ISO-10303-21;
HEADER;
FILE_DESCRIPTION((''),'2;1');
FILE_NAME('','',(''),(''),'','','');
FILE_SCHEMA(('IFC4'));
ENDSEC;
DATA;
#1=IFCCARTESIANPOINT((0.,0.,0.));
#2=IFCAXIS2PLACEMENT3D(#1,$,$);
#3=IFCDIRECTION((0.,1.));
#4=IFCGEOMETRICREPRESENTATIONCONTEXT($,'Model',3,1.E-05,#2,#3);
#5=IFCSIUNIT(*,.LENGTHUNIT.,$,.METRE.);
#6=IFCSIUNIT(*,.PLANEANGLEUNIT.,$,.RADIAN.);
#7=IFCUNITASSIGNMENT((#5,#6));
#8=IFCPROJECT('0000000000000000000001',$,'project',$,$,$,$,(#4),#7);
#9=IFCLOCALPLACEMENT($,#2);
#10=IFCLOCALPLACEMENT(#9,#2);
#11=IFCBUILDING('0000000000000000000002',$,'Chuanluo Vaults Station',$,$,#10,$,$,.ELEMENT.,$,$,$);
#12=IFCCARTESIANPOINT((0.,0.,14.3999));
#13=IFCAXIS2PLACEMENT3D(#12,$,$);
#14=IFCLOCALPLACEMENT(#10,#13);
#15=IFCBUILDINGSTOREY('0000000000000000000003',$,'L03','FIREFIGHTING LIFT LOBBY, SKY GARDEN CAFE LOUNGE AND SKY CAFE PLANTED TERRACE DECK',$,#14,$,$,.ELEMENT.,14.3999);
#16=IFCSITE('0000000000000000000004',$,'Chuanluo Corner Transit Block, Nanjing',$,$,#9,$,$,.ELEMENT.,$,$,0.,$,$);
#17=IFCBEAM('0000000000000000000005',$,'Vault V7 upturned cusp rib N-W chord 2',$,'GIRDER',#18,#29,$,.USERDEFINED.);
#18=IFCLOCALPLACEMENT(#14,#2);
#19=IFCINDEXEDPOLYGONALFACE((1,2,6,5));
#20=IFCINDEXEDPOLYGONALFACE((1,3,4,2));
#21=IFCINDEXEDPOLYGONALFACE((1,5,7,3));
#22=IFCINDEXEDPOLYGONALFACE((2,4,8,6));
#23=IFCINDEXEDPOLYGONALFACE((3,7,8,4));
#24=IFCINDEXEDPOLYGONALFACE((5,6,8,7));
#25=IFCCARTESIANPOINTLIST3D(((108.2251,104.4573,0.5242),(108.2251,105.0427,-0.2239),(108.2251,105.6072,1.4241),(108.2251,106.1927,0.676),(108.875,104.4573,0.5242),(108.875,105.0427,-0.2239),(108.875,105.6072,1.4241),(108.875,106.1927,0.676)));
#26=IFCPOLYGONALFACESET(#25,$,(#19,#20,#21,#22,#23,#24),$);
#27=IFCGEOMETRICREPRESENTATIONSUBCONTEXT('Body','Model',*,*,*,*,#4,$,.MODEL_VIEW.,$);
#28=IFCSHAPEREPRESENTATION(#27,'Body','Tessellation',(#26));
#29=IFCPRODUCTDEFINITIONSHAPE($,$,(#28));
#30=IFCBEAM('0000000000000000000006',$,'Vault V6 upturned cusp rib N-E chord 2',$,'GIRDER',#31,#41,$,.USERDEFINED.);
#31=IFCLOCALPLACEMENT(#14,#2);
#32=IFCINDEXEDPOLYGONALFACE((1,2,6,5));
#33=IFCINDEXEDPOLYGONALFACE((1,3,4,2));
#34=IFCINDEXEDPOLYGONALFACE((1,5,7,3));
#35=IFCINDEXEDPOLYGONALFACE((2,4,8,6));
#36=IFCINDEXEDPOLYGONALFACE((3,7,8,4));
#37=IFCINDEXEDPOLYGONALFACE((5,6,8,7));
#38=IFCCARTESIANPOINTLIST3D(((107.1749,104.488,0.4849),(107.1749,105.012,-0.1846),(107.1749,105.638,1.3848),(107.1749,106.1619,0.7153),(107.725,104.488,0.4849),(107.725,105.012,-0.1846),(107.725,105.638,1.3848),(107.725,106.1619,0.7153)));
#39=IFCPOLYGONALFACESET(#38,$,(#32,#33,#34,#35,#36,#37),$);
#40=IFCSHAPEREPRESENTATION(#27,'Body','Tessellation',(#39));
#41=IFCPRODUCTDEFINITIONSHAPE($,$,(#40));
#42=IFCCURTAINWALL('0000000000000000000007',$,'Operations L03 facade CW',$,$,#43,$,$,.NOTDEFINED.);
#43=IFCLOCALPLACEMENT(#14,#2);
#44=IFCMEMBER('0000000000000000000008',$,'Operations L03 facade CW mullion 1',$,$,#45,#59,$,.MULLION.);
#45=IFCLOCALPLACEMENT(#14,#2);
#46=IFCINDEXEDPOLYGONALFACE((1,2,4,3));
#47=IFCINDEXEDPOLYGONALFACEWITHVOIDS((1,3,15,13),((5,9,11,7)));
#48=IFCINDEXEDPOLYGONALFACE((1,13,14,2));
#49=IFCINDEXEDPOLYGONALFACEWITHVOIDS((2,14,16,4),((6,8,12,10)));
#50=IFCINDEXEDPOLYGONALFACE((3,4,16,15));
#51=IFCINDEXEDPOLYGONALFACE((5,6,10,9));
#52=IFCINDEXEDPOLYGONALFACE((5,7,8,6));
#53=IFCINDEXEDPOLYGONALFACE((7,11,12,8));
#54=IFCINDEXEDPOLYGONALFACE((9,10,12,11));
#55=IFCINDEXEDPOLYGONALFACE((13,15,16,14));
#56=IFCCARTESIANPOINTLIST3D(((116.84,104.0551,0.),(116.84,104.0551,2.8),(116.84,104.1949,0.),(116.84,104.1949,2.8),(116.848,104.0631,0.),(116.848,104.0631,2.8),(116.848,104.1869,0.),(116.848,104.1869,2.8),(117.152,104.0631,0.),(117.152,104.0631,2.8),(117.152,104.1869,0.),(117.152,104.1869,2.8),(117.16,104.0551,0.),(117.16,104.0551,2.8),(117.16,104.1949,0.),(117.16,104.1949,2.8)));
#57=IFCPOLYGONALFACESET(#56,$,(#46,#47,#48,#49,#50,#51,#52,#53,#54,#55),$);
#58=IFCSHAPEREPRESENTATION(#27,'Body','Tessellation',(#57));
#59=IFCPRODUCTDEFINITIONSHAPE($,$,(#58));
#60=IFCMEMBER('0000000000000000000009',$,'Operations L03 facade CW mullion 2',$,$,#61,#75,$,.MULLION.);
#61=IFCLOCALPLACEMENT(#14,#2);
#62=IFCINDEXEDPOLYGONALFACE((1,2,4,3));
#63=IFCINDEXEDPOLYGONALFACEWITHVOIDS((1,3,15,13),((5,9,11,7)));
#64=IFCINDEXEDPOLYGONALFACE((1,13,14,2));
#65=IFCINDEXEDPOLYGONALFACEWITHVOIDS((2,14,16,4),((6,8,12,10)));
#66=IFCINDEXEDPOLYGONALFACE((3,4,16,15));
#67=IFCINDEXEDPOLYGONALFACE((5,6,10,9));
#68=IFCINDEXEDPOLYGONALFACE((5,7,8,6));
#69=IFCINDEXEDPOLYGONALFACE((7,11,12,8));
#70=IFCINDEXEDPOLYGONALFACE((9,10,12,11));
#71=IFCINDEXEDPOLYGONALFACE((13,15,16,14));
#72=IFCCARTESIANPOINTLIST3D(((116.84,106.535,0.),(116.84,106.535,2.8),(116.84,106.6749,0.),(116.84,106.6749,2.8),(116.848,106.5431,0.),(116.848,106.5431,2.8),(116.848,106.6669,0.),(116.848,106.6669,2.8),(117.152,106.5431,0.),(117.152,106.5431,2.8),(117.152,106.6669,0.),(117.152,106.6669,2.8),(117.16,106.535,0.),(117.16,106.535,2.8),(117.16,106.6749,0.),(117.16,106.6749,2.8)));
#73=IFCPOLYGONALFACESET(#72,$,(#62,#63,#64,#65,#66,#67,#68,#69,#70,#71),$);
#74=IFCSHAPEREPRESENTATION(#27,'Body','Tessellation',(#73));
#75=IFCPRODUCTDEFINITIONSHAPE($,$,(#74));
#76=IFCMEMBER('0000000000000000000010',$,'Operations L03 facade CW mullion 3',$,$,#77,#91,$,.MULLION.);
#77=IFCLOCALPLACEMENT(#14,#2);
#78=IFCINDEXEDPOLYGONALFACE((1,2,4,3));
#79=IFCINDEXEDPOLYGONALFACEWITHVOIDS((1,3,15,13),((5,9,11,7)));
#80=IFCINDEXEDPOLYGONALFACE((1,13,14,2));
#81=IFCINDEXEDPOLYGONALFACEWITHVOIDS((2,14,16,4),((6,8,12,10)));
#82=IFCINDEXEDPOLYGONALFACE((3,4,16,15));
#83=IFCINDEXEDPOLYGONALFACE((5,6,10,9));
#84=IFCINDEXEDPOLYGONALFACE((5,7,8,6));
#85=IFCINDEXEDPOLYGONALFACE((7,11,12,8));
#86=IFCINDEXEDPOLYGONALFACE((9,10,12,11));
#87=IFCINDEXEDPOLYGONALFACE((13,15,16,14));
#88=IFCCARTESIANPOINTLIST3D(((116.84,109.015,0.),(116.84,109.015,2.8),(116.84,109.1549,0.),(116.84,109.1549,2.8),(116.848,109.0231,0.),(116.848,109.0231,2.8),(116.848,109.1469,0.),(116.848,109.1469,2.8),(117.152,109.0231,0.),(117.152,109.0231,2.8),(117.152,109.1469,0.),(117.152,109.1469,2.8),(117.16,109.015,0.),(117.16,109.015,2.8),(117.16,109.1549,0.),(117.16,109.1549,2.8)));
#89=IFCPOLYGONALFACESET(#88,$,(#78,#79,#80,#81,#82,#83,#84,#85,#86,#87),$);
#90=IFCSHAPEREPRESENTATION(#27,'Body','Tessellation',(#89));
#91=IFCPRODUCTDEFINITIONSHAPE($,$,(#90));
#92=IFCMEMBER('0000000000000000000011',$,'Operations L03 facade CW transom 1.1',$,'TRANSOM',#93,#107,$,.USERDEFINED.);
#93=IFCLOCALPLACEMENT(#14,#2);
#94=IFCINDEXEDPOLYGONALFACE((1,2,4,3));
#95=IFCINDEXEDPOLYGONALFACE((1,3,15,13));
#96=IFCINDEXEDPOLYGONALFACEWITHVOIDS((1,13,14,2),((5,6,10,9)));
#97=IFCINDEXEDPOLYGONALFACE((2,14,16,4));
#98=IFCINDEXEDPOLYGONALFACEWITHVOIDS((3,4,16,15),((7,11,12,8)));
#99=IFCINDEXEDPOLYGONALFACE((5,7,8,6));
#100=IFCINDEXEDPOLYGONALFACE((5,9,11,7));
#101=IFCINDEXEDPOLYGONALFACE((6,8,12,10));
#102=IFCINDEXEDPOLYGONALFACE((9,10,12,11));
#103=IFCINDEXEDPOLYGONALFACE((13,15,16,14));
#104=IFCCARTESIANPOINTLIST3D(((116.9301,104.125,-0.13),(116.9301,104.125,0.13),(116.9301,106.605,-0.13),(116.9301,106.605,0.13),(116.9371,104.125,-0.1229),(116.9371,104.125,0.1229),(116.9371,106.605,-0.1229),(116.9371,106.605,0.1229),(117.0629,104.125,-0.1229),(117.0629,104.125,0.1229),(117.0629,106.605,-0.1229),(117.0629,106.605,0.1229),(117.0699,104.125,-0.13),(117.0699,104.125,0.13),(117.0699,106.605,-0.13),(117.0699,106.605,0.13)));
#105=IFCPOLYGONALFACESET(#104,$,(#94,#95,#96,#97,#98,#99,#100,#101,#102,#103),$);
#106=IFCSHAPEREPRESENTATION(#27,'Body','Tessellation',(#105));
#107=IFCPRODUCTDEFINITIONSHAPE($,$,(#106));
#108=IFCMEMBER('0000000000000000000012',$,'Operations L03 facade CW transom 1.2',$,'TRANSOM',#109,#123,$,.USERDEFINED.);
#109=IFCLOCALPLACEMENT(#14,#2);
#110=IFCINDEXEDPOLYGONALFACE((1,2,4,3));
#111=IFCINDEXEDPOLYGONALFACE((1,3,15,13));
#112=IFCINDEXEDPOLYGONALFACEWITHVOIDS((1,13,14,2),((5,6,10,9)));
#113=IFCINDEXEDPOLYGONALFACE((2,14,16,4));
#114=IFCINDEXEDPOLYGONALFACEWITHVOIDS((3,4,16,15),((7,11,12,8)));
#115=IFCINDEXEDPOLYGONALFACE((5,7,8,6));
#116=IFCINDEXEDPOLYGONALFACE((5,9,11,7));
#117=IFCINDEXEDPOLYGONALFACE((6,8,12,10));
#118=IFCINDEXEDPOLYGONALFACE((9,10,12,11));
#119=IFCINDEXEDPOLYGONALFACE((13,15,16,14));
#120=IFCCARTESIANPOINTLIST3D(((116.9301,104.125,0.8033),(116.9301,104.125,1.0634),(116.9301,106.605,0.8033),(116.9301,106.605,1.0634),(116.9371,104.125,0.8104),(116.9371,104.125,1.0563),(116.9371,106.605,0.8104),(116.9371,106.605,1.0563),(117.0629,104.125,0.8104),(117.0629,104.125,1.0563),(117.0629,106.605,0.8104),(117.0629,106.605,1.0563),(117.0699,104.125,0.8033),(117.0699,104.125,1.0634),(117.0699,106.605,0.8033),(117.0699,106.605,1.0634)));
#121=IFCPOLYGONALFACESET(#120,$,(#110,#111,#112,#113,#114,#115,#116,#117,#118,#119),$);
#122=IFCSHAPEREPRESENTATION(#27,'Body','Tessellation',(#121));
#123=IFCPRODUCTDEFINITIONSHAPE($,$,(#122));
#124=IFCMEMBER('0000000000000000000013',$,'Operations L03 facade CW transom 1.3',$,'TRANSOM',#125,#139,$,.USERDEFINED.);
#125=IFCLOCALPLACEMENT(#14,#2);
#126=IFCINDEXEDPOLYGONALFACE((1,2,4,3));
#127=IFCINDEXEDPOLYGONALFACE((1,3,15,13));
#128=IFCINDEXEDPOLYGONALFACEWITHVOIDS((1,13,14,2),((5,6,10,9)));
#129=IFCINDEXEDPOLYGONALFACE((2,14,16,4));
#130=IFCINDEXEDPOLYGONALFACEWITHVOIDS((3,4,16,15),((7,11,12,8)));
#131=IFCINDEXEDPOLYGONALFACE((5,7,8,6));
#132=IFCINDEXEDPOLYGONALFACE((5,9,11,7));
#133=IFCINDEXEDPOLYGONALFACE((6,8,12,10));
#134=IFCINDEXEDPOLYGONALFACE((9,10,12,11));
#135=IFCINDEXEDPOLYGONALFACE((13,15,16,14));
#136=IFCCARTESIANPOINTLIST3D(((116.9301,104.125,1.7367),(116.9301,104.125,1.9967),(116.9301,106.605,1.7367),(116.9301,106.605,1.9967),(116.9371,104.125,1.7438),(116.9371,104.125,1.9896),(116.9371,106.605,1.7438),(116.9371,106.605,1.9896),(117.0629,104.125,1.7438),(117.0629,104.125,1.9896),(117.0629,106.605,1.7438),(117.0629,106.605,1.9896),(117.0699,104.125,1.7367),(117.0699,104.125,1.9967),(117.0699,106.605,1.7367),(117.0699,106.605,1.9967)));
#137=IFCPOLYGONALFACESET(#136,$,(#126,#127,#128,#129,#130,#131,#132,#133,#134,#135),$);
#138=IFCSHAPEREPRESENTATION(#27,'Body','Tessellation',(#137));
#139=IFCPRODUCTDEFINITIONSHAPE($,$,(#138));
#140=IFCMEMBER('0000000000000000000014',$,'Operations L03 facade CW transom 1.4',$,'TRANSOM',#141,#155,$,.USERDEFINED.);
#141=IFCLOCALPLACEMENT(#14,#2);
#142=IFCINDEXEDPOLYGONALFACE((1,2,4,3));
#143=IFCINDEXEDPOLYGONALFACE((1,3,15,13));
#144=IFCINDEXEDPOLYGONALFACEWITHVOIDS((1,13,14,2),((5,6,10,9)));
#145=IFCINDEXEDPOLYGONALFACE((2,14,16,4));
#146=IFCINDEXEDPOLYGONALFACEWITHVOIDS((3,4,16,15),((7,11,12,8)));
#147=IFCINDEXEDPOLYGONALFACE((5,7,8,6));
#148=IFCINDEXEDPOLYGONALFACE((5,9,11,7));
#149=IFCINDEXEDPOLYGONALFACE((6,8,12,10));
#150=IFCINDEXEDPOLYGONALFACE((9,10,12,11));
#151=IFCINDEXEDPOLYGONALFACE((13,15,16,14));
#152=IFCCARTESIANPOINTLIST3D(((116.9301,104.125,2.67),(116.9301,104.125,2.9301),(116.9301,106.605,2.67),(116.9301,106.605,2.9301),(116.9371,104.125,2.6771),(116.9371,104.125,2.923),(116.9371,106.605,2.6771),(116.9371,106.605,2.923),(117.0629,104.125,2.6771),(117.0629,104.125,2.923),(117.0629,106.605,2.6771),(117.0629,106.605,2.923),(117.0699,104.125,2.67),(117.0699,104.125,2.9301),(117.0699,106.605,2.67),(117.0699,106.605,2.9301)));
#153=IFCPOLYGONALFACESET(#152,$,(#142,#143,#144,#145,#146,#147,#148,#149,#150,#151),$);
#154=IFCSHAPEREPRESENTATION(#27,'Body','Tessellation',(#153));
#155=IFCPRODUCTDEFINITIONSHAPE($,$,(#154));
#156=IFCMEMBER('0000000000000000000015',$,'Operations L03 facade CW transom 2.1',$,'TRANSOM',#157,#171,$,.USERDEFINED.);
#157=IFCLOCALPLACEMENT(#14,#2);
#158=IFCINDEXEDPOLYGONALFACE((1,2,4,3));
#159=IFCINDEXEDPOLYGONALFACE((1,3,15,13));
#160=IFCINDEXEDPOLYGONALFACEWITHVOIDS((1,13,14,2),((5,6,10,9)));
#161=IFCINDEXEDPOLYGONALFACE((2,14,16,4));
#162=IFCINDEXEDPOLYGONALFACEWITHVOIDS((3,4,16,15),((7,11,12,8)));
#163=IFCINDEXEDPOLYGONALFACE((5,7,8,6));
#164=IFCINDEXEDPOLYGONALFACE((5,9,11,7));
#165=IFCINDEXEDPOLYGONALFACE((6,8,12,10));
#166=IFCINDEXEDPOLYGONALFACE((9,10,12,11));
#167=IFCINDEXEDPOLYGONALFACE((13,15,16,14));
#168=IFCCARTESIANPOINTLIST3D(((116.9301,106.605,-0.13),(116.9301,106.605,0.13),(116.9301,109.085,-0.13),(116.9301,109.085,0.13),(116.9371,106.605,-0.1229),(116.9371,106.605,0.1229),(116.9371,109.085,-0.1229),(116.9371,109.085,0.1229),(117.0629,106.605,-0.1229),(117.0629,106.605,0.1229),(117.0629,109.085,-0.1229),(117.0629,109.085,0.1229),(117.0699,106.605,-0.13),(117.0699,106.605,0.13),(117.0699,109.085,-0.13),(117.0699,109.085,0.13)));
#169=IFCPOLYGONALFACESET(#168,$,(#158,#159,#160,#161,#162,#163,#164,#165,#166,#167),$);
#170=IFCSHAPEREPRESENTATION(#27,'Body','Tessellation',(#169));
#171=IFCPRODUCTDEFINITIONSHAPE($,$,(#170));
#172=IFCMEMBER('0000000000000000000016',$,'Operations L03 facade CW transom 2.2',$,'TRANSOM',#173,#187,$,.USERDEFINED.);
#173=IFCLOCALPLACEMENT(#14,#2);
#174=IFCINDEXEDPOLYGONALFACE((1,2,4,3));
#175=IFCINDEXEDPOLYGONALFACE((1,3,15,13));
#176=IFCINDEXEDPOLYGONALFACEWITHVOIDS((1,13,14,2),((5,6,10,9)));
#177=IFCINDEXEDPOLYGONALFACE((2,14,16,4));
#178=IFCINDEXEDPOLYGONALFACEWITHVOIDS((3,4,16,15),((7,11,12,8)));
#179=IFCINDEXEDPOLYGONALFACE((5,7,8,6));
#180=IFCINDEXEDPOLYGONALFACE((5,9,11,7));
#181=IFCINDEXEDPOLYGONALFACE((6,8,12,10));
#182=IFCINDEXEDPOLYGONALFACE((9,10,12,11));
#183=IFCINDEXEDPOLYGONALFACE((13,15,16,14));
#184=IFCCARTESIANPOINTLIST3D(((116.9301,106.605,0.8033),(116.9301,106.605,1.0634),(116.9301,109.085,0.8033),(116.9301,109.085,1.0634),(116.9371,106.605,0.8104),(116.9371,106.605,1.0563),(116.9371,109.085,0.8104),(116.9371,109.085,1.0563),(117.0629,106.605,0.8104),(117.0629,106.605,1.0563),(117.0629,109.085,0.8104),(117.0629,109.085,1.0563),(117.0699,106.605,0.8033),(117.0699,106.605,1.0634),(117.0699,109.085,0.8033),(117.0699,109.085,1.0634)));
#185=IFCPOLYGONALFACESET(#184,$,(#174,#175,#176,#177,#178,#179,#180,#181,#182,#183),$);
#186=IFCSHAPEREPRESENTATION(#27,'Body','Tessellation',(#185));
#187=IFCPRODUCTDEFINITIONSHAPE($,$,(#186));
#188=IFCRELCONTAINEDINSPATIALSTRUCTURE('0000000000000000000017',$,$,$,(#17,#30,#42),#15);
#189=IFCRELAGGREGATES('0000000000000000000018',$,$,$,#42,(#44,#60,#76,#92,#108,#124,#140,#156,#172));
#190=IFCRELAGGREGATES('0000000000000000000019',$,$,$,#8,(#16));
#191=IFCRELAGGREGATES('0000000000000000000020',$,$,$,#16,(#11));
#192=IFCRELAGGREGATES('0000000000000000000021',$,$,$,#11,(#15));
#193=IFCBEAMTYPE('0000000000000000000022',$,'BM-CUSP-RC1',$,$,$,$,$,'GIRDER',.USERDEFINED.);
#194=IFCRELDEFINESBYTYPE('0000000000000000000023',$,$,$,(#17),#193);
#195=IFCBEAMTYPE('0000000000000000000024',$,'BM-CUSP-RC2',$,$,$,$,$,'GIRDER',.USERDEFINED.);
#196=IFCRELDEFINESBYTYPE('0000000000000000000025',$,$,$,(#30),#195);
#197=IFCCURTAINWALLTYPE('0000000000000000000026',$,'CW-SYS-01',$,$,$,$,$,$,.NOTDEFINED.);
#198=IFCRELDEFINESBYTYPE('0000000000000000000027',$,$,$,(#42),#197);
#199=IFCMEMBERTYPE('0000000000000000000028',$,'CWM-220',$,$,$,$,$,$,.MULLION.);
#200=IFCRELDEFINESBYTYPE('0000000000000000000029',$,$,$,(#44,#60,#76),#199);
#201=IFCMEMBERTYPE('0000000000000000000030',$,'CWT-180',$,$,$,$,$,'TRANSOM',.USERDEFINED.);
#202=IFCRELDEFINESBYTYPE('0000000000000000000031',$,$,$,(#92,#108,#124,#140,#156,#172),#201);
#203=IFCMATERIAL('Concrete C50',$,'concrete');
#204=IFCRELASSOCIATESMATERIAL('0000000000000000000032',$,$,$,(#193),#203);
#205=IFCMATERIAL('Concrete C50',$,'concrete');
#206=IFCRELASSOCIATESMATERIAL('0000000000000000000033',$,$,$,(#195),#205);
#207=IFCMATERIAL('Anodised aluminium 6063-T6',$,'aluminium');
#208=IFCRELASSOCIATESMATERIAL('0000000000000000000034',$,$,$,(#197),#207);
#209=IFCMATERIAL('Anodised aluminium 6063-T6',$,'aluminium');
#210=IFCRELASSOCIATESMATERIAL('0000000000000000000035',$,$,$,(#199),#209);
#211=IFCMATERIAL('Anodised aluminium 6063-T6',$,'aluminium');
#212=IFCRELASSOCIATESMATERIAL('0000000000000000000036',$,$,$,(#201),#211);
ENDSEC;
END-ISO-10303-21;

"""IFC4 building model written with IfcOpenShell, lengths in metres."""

from ifc_helpers import new_model, si_unit, direction, frame, origin, origin_2d, place, context, subcontext, project, spatial, rectangle, hollow_rectangle, extrude, material, material_profile, profile_set, type_object, element, aggregate, save


model = new_model("IFC4")

# Units and contexts
model_context = context("Model", 3, precision=1e-05, world=origin(), true_north=direction((0.0, 1.0)))
body_context = subcontext(model_context, "Body", "Model", "MODEL_VIEW")
ifc_project = project(units=[si_unit("LENGTHUNIT", "METRE"), si_unit("PLANEANGLEUNIT", "RADIAN")], contexts=[model_context])

# Site, building, storey
site_placement = place(None, origin())
site = spatial("IfcSite", under=ifc_project, at=site_placement, Name="Chuanluo Corner Transit Block, Nanjing", CompositionType="ELEMENT", RefElevation=0.0)
building_placement = place(site_placement, origin())
building = spatial("IfcBuilding", under=site, at=building_placement, Name="Chuanluo Vaults Station", CompositionType="ELEMENT")
storey_placement = place(building_placement, frame((0.0, 0.0, 14.3999)))
storey = spatial("IfcBuildingStorey", under=building, at=storey_placement, Name="L03", Description="FIREFIGHTING LIFT LOBBY, SKY GARDEN CAFE LOUNGE AND SKY CAFE PLANTED TERRACE DECK", CompositionType="ELEMENT", Elevation=14.3999)

# Beams
ifc_material_1 = material(Name="Concrete C50", Category="concrete")
ifc_material_profile_1 = material_profile(ifc_material_1, rectangle(XDim=0.6499, YDim=0.95, at=origin_2d()))
ifc_profile_set_1 = profile_set([ifc_material_profile_1], Name="Concrete C50")
beam_type_1 = type_object("IfcBeamType", Name="BM-CUSP-RC1", ElementType="GIRDER", PredefinedType="USERDEFINED", material=ifc_profile_set_1)
beam_1_placement = place(storey_placement, frame((108.55, 104.75, 0.1501), z_axis=(0.0, 0.787512, 0.616299), x_axis=(-1.0, 0.0, 0.0)))
element("IfcBeam", 1, at=beam_1_placement, inside=storey, type_object=beam_type_1, Name="Vault V7 upturned cusp rib N-W chord 2", ObjectType="GIRDER", PredefinedType="USERDEFINED", context=body_context, shape_type="SweptSolid", body=[
    extrude(rectangle(XDim=0.6499, YDim=0.95, at=origin_2d()), origin(), (0.0, 0.0, 1.0), 1.4602),
])
ifc_material_2 = material(Name="Concrete C50", Category="concrete")
ifc_material_profile_2 = material_profile(ifc_material_2, rectangle(XDim=0.55, YDim=0.8501, at=origin_2d()))
ifc_profile_set_2 = profile_set([ifc_material_profile_2], Name="Concrete C50")
beam_type_2 = type_object("IfcBeamType", Name="BM-CUSP-RC2", ElementType="GIRDER", PredefinedType="USERDEFINED", material=ifc_profile_set_2)
beam_2_placement = place(storey_placement, frame((107.45, 104.75, 0.1501), z_axis=(0.0, 0.787512, 0.616299), x_axis=(-1.0, 0.0, 0.0)))
element("IfcBeam", 2, at=beam_2_placement, inside=storey, type_object=beam_type_2, Name="Vault V6 upturned cusp rib N-E chord 2", ObjectType="GIRDER", PredefinedType="USERDEFINED", context=body_context, shape_type="SweptSolid", body=[
    extrude(rectangle(XDim=0.55, YDim=0.8501, at=origin_2d()), origin(), (0.0, 0.0, 1.0), 1.4602),
])

# Curtain wall, members
ifc_material_3 = material(Name="Anodised aluminium 6063-T6", Category="aluminium")
curtain_wall_type = type_object("IfcCurtainWallType", Name="CW-SYS-01", PredefinedType="NOTDEFINED", material=ifc_material_3)
curtain_wall_placement = place(storey_placement, origin())
curtain_wall = element("IfcCurtainWall", 3, at=curtain_wall_placement, inside=storey, type_object=curtain_wall_type, Name="Operations L03 facade CW", PredefinedType="NOTDEFINED")
ifc_material_4 = material(Name="Anodised aluminium 6063-T6", Category="aluminium")
ifc_material_profile_3 = material_profile(ifc_material_4, hollow_rectangle(XDim=0.1399, YDim=0.3201, WallThickness=0.0081, at=origin_2d()))
ifc_profile_set_3 = profile_set([ifc_material_profile_3], Name="Anodised aluminium 6063-T6")
member_type_1 = type_object("IfcMemberType", Name="CWM-220", PredefinedType="MULLION", material=ifc_profile_set_3)
member_1_placement = place(storey_placement, frame((117.0, 104.125, 0.0), z_axis=(0.0, 0.0, 1.0), x_axis=(0.0, 1.0, 0.0)))
member_1 = element("IfcMember", 4, at=member_1_placement, type_object=member_type_1, Name="Operations L03 facade CW mullion 1", PredefinedType="MULLION", context=body_context, shape_type="SweptSolid", body=[
    extrude(hollow_rectangle(XDim=0.1399, YDim=0.3201, WallThickness=0.0081, at=origin_2d()), origin(), (0.0, 0.0, 1.0), 2.8),
])
member_2_placement = place(storey_placement, frame((117.0, 106.605, 0.0), z_axis=(0.0, 0.0, 1.0), x_axis=(0.0, 1.0, 0.0)))
member_2 = element("IfcMember", 5, at=member_2_placement, type_object=member_type_1, Name="Operations L03 facade CW mullion 2", PredefinedType="MULLION", context=body_context, shape_type="SweptSolid", body=[
    extrude(hollow_rectangle(XDim=0.1399, YDim=0.3201, WallThickness=0.0081, at=origin_2d()), origin(), (0.0, 0.0, 1.0), 2.8),
])
member_3_placement = place(storey_placement, frame((117.0, 109.085, 0.0), z_axis=(0.0, 0.0, 1.0), x_axis=(0.0, 1.0, 0.0)))
member_3 = element("IfcMember", 6, at=member_3_placement, type_object=member_type_1, Name="Operations L03 facade CW mullion 3", PredefinedType="MULLION", context=body_context, shape_type="SweptSolid", body=[
    extrude(hollow_rectangle(XDim=0.1399, YDim=0.3201, WallThickness=0.0081, at=origin_2d()), origin(), (0.0, 0.0, 1.0), 2.8),
])
ifc_material_5 = material(Name="Anodised aluminium 6063-T6", Category="aluminium")
ifc_material_profile_4 = material_profile(ifc_material_5, hollow_rectangle(XDim=0.1399, YDim=0.26, WallThickness=0.0071, at=origin_2d()))
ifc_profile_set_4 = profile_set([ifc_material_profile_4], Name="Anodised aluminium 6063-T6")
member_type_2 = type_object("IfcMemberType", Name="CWT-180", ElementType="TRANSOM", PredefinedType="USERDEFINED", material=ifc_profile_set_4)
member_4_placement = place(storey_placement, frame((117.0, 104.125, 0.0), z_axis=(0.0, 1.0, 0.0), x_axis=(-1.0, 0.0, 0.0)))
member_4 = element("IfcMember", 7, at=member_4_placement, type_object=member_type_2, Name="Operations L03 facade CW transom 1.1", ObjectType="TRANSOM", PredefinedType="USERDEFINED", context=body_context, shape_type="SweptSolid", body=[
    extrude(hollow_rectangle(XDim=0.1399, YDim=0.26, WallThickness=0.0071, at=origin_2d()), origin(), (0.0, 0.0, 1.0), 2.48),
])
member_5_placement = place(storey_placement, frame((117.0, 104.125, 0.9333), z_axis=(0.0, 1.0, 0.0), x_axis=(-1.0, 0.0, 0.0)))
member_5 = element("IfcMember", 8, at=member_5_placement, type_object=member_type_2, Name="Operations L03 facade CW transom 1.2", ObjectType="TRANSOM", PredefinedType="USERDEFINED", context=body_context, shape_type="SweptSolid", body=[
    extrude(hollow_rectangle(XDim=0.1399, YDim=0.26, WallThickness=0.0071, at=origin_2d()), origin(), (0.0, 0.0, 1.0), 2.48),
])
member_6_placement = place(storey_placement, frame((117.0, 104.125, 1.8667), z_axis=(0.0, 1.0, 0.0), x_axis=(-1.0, 0.0, 0.0)))
member_6 = element("IfcMember", 9, at=member_6_placement, type_object=member_type_2, Name="Operations L03 facade CW transom 1.3", ObjectType="TRANSOM", PredefinedType="USERDEFINED", context=body_context, shape_type="SweptSolid", body=[
    extrude(hollow_rectangle(XDim=0.1399, YDim=0.26, WallThickness=0.0071, at=origin_2d()), origin(), (0.0, 0.0, 1.0), 2.48),
])
member_7_placement = place(storey_placement, frame((117.0, 104.125, 2.8), z_axis=(0.0, 1.0, 0.0), x_axis=(-1.0, 0.0, 0.0)))
member_7 = element("IfcMember", 10, at=member_7_placement, type_object=member_type_2, Name="Operations L03 facade CW transom 1.4", ObjectType="TRANSOM", PredefinedType="USERDEFINED", context=body_context, shape_type="SweptSolid", body=[
    extrude(hollow_rectangle(XDim=0.1399, YDim=0.26, WallThickness=0.0071, at=origin_2d()), origin(), (0.0, 0.0, 1.0), 2.48),
])
member_8_placement = place(storey_placement, frame((117.0, 106.605, 0.0), z_axis=(0.0, 1.0, 0.0), x_axis=(-1.0, 0.0, 0.0)))
member_8 = element("IfcMember", 11, at=member_8_placement, type_object=member_type_2, Name="Operations L03 facade CW transom 2.1", ObjectType="TRANSOM", PredefinedType="USERDEFINED", context=body_context, shape_type="SweptSolid", body=[
    extrude(hollow_rectangle(XDim=0.1399, YDim=0.26, WallThickness=0.0071, at=origin_2d()), origin(), (0.0, 0.0, 1.0), 2.48),
])
member_9_placement = place(storey_placement, frame((117.0, 106.605, 0.9333), z_axis=(0.0, 1.0, 0.0), x_axis=(-1.0, 0.0, 0.0)))
member_9 = element("IfcMember", 12, at=member_9_placement, type_object=member_type_2, Name="Operations L03 facade CW transom 2.2", ObjectType="TRANSOM", PredefinedType="USERDEFINED", context=body_context, shape_type="SweptSolid", body=[
    extrude(hollow_rectangle(XDim=0.1399, YDim=0.26, WallThickness=0.0071, at=origin_2d()), origin(), (0.0, 0.0, 1.0), 2.48),
])
aggregate(curtain_wall, [member_1, member_2, member_3, member_4, member_5, member_6, member_7, member_8, member_9])

save(model, "model.ifc")
